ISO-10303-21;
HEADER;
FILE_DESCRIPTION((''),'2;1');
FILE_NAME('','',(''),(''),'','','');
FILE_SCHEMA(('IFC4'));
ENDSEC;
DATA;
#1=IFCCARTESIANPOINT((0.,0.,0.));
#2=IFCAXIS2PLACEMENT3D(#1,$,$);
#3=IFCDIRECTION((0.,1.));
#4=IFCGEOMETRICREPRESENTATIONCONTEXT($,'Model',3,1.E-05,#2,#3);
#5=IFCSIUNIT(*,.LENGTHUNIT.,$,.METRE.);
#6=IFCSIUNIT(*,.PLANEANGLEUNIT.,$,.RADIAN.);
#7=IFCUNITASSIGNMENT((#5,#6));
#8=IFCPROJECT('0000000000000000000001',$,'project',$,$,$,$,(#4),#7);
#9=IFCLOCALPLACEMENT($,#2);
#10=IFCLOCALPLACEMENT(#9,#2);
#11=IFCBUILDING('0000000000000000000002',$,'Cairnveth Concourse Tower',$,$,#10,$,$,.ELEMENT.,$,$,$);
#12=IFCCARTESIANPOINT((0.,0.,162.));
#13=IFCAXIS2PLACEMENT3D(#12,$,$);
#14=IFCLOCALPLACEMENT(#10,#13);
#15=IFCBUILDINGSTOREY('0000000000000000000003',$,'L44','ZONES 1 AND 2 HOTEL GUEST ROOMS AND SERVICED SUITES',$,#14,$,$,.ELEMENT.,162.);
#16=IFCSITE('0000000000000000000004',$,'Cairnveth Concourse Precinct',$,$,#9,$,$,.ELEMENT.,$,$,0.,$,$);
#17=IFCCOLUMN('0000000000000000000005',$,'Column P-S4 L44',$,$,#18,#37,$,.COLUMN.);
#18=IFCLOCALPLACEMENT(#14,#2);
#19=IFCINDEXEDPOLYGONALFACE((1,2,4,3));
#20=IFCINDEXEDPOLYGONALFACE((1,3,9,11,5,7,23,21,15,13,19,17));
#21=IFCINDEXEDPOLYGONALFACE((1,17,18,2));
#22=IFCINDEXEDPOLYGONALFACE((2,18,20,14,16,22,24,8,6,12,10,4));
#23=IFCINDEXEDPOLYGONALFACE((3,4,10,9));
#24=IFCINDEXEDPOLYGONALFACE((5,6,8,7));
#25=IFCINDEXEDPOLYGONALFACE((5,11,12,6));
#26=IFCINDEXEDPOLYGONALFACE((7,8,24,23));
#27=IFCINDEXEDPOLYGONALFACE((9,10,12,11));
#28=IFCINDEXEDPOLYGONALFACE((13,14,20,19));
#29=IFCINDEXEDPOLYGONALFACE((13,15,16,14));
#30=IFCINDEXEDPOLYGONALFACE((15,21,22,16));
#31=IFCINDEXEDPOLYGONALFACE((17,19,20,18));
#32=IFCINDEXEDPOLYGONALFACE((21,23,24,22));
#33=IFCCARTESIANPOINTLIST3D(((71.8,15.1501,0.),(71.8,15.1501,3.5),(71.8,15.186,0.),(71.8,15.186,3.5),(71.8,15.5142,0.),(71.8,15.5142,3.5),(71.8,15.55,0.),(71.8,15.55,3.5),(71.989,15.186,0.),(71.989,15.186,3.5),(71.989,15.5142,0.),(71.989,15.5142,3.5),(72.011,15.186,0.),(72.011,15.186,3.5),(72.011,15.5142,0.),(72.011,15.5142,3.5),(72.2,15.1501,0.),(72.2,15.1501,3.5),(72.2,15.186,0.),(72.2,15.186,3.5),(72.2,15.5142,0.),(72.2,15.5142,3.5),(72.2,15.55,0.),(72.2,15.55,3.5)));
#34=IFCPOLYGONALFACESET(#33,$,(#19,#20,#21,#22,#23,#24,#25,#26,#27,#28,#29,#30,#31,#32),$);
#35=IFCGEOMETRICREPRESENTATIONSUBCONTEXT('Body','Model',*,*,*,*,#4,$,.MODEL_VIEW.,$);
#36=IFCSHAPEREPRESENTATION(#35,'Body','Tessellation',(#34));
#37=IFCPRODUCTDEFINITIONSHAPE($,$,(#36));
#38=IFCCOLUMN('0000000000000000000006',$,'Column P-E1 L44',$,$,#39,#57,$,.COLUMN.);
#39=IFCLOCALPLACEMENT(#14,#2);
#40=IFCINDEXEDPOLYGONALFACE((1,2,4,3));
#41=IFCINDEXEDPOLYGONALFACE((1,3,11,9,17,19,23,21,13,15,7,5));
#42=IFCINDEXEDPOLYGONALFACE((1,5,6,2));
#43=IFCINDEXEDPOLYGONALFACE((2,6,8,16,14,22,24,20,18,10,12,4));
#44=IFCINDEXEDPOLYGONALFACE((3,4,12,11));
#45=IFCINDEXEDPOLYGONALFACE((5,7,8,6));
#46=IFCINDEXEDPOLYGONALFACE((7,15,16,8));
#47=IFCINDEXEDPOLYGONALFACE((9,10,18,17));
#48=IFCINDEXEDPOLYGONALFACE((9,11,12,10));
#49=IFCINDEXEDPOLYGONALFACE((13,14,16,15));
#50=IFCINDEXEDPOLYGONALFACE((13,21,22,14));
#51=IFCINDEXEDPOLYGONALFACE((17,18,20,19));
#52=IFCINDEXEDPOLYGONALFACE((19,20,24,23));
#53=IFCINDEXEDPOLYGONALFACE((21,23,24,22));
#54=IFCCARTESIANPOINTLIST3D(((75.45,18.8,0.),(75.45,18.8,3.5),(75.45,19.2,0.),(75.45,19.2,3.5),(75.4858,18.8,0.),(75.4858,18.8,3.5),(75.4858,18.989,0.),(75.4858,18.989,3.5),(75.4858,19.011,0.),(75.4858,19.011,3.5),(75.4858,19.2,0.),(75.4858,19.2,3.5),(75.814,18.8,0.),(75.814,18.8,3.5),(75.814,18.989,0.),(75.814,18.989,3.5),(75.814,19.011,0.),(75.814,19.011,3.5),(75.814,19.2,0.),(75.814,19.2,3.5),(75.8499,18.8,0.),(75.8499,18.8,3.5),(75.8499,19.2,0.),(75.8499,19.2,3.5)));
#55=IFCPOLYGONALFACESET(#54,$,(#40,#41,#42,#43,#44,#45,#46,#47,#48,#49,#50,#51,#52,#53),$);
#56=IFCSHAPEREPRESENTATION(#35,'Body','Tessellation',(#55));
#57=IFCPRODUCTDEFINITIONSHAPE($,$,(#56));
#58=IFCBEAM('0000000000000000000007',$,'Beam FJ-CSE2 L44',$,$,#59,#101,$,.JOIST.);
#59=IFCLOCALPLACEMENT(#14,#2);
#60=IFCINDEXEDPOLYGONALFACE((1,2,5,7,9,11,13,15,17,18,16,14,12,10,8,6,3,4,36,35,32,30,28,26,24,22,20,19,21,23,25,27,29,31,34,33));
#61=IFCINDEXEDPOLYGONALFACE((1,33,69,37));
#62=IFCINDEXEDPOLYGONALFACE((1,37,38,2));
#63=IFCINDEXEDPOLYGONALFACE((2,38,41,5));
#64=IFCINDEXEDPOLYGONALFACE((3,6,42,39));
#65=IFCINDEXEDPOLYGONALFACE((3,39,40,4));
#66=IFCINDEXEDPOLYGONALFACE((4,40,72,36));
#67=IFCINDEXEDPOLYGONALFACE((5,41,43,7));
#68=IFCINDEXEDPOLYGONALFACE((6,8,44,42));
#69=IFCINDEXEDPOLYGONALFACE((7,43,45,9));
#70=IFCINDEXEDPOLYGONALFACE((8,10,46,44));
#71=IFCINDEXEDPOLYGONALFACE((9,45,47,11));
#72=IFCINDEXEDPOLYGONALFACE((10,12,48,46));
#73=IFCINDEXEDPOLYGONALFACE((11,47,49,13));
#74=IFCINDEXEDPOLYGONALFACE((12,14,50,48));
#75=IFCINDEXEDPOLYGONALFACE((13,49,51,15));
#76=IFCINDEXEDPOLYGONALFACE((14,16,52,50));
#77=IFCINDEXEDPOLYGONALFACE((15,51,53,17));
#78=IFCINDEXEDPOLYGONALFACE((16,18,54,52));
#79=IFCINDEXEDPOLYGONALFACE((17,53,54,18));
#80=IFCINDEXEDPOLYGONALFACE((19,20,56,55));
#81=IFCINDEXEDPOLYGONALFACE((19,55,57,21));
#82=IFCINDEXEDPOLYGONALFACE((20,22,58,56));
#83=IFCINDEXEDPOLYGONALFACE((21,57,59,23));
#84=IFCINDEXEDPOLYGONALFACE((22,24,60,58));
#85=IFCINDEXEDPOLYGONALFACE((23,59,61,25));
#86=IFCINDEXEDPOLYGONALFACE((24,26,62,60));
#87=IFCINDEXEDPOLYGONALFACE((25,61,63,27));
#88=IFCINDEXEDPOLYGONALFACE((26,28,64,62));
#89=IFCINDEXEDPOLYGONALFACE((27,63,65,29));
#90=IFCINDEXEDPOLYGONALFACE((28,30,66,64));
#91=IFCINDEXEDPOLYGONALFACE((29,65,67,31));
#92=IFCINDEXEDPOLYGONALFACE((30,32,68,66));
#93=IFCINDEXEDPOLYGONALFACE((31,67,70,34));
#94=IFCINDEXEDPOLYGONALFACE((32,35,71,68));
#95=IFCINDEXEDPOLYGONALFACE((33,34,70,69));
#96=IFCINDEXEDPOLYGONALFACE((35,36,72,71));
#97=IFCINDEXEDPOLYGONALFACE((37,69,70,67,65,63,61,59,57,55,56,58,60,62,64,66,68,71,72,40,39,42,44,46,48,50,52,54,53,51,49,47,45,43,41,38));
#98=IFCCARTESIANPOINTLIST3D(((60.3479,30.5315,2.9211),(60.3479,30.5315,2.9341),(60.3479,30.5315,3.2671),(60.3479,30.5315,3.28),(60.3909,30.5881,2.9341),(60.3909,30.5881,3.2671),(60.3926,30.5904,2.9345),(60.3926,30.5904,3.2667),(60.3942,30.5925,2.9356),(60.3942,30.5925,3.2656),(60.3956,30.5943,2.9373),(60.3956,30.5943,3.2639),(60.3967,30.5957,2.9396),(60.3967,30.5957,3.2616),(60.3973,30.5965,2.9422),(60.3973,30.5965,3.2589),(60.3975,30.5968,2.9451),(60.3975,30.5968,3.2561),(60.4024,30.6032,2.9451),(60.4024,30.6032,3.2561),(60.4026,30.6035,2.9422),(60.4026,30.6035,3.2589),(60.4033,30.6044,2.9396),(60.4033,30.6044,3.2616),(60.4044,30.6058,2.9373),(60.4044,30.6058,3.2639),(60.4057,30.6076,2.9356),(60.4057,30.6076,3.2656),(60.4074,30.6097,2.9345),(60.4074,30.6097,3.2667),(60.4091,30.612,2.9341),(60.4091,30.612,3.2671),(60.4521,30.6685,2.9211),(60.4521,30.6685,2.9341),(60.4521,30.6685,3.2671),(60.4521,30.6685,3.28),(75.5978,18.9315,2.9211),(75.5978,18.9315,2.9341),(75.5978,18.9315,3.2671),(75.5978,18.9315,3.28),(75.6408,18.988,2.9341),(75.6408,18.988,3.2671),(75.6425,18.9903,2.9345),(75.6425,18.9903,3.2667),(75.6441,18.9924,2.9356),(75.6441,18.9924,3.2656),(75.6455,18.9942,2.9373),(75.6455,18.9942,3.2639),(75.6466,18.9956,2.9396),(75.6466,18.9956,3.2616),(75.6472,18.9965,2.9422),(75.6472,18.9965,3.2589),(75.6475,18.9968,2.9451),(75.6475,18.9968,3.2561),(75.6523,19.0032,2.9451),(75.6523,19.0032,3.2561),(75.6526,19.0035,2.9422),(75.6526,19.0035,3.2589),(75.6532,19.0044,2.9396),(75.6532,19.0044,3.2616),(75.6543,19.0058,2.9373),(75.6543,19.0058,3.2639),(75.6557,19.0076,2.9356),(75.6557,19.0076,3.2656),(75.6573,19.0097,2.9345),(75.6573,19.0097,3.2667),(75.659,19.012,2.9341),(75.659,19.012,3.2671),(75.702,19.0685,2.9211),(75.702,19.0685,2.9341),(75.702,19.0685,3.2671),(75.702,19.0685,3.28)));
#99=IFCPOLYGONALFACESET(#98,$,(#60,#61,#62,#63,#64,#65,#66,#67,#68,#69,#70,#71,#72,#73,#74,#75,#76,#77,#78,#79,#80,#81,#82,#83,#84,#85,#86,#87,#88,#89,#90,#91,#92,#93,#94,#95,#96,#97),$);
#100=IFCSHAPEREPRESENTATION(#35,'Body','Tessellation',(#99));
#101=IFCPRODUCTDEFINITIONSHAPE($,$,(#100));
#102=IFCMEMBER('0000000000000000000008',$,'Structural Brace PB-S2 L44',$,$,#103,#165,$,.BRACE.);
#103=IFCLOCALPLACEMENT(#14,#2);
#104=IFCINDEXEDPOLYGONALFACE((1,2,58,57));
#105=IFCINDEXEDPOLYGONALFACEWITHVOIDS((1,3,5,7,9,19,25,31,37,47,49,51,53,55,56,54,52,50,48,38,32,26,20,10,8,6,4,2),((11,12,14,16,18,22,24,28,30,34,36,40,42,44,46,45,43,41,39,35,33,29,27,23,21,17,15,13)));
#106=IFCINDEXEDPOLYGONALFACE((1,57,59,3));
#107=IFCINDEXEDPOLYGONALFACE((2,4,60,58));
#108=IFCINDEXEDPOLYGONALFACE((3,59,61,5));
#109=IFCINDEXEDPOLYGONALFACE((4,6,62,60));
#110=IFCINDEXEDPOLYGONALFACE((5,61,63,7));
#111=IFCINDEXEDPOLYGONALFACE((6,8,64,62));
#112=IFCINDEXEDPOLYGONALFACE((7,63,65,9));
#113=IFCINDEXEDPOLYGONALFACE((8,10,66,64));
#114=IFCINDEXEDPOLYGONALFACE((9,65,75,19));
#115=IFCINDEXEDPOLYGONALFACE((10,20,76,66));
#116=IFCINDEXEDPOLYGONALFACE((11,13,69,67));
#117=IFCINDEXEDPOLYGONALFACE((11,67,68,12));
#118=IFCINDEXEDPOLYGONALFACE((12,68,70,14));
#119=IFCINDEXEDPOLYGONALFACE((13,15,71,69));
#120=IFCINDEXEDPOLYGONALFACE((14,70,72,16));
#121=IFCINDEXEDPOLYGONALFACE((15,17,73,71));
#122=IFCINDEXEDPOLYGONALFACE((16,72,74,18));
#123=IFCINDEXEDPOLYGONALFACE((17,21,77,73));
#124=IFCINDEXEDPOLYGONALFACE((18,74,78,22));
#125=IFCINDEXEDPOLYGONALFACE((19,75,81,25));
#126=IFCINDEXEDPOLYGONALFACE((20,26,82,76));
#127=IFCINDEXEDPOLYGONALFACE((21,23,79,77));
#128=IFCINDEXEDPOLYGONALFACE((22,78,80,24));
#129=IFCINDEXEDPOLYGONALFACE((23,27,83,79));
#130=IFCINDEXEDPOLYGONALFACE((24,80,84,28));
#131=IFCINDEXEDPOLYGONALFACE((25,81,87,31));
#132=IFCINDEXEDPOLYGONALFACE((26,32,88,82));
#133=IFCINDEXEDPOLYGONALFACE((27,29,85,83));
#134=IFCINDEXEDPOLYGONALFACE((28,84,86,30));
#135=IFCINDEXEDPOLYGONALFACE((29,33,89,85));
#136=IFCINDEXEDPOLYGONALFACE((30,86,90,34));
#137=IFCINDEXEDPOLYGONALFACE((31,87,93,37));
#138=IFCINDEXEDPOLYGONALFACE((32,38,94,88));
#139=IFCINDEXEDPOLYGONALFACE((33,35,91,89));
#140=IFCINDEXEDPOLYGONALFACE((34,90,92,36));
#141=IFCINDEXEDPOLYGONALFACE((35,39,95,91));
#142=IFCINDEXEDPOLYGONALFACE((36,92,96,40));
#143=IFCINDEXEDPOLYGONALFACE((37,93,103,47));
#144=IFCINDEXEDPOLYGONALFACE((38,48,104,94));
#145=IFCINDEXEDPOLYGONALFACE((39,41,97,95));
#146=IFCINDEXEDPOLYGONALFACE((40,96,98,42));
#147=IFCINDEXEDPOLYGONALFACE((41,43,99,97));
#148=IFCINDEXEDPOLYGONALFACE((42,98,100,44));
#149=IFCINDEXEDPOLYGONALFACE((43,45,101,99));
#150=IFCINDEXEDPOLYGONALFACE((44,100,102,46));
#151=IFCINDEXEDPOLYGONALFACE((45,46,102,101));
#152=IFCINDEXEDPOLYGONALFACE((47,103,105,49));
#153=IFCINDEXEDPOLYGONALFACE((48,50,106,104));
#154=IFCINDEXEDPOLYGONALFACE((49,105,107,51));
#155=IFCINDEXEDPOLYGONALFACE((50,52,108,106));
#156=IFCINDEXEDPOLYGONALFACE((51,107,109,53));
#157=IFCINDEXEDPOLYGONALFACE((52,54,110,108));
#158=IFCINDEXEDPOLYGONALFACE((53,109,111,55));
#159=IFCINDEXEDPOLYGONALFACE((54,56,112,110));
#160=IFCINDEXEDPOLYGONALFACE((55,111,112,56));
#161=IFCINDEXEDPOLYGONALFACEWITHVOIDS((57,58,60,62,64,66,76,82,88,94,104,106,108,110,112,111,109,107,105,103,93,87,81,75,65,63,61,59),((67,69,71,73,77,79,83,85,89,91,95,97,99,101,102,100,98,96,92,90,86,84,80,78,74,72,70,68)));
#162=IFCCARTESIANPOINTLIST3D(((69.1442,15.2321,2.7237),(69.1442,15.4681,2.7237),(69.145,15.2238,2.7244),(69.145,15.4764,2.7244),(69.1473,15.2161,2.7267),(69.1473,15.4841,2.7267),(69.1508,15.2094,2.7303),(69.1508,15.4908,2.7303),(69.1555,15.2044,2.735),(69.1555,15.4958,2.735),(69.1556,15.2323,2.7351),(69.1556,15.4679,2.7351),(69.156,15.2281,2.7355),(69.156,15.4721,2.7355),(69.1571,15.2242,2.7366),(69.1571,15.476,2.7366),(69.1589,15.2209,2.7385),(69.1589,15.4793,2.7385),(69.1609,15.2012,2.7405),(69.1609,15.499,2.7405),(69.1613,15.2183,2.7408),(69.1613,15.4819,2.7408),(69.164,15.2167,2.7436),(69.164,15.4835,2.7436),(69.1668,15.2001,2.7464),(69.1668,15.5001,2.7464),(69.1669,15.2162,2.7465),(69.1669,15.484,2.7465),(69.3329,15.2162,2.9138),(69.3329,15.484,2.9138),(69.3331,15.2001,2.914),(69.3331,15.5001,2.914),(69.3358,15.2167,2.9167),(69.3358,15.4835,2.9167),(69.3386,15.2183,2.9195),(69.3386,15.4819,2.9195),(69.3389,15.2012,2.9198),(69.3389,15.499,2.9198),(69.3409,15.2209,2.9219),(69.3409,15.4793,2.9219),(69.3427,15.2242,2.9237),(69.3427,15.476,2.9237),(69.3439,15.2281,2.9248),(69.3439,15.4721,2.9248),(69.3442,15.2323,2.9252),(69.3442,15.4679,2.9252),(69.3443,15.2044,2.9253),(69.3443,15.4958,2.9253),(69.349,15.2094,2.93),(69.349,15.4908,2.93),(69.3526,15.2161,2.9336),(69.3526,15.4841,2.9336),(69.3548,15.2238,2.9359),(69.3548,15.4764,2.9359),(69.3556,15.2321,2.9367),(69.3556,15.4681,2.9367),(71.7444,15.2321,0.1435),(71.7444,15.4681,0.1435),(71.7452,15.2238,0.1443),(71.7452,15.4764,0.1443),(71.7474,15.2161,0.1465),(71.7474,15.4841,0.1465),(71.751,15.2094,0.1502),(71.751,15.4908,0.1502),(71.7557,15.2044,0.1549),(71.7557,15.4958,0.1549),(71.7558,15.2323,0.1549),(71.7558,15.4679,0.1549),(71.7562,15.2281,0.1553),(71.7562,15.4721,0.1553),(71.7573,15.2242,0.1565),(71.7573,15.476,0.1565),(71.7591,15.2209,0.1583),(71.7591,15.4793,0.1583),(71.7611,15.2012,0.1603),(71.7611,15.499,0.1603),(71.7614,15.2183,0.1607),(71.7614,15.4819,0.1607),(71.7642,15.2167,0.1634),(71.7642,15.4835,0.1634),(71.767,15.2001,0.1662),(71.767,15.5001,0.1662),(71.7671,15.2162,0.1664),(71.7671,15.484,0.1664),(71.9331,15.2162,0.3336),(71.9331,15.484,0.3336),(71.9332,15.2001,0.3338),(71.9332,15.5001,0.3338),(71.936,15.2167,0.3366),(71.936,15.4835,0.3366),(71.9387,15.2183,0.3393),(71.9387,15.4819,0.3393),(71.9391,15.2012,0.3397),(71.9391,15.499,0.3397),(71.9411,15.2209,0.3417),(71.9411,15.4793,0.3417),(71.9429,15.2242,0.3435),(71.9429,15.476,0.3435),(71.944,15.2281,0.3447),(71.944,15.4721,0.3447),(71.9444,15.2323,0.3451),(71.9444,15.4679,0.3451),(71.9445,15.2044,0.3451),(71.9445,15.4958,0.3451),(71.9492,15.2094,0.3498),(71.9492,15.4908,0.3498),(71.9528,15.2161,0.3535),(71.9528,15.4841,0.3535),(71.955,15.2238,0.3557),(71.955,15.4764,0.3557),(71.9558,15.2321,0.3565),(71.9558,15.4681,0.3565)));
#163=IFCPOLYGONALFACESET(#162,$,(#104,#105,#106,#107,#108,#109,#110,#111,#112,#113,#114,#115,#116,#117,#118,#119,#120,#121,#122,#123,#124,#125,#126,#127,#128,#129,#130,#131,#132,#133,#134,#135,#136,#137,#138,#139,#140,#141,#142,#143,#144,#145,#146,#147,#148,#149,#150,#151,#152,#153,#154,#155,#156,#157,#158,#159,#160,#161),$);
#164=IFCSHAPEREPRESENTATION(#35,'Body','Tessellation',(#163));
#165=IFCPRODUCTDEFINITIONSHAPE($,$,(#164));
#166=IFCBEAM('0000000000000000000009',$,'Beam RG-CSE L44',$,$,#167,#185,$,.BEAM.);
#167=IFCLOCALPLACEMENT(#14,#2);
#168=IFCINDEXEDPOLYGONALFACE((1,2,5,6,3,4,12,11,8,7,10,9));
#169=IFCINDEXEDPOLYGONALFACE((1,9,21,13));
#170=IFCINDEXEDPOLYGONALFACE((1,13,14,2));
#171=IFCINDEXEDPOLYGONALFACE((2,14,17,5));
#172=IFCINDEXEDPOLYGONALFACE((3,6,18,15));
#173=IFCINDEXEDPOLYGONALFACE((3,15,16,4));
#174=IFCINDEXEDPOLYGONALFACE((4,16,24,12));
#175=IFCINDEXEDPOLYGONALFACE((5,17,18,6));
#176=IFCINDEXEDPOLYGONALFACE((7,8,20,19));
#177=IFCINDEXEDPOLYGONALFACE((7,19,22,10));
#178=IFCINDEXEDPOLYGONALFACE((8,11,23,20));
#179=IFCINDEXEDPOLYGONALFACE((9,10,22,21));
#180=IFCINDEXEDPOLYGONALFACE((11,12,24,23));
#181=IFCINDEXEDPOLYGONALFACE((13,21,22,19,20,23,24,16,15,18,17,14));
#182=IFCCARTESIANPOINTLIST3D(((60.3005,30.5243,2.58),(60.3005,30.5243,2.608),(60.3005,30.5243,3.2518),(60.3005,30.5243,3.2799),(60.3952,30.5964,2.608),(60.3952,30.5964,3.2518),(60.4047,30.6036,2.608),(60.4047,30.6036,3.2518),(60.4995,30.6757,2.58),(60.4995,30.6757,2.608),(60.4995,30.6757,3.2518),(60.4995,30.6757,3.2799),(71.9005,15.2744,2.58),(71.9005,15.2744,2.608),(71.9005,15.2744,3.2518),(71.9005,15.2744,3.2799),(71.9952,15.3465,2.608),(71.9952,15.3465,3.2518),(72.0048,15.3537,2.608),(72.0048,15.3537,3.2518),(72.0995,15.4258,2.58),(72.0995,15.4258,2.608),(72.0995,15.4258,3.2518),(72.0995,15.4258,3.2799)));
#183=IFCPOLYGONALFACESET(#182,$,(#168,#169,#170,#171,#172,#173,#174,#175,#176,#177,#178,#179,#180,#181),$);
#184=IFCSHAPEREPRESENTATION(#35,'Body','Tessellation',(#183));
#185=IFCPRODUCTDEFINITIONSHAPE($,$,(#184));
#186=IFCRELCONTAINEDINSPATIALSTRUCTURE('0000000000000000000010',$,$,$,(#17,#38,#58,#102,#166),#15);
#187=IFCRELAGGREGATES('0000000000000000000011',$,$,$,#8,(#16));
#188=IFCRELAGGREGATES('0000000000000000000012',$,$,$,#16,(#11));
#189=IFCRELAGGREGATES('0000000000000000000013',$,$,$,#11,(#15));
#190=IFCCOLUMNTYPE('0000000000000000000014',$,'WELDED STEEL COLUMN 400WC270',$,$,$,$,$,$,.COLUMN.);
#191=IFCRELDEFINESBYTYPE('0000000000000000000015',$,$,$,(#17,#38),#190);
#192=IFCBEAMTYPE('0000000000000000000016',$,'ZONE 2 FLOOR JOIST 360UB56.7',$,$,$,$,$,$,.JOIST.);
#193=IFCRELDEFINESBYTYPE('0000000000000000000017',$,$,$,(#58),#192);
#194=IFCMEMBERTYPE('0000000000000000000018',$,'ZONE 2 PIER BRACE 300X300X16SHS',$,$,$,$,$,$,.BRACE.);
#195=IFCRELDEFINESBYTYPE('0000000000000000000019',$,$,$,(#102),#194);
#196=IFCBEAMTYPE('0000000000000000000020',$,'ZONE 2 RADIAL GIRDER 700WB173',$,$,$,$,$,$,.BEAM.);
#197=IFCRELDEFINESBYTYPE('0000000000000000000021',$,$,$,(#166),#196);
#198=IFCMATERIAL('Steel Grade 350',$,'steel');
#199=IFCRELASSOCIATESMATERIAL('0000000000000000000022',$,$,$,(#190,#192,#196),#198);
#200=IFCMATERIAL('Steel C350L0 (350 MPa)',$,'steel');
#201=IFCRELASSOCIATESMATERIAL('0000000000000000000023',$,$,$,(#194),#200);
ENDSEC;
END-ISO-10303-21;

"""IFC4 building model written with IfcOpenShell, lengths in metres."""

from ifc_helpers import new_model, si_unit, direction, frame, origin, origin_2d, place, context, subcontext, project, spatial, hollow_rectangle, i_section, extrude, material, material_profile, profile_set, type_object, element, save


model = new_model("IFC4")

# Units and contexts
model_context = context("Model", 3, precision=1e-05, world=origin(), true_north=direction((0.0, 1.0)))
body_context = subcontext(model_context, "Body", "Model", "MODEL_VIEW")
ifc_project = project(units=[si_unit("LENGTHUNIT", "METRE"), si_unit("PLANEANGLEUNIT", "RADIAN")], contexts=[model_context])

# Site, building, storey
site_placement = place(None, origin())
site = spatial("IfcSite", under=ifc_project, at=site_placement, Name="Cairnveth Concourse Precinct", CompositionType="ELEMENT", RefElevation=0.0)
building_placement = place(site_placement, origin())
building = spatial("IfcBuilding", under=site, at=building_placement, Name="Cairnveth Concourse Tower", CompositionType="ELEMENT")
storey_placement = place(building_placement, frame((0.0, 0.0, 162.0)))
storey = spatial("IfcBuildingStorey", under=building, at=storey_placement, Name="L44", Description="ZONES 1 AND 2 HOTEL GUEST ROOMS AND SERVICED SUITES", CompositionType="ELEMENT", Elevation=162.0)

# Columns
ifc_material_1 = material(Name="Steel Grade 350", Category="steel")
ifc_material_profile_1 = material_profile(ifc_material_1, i_section(OverallWidth=0.3999, OverallDepth=0.3999, WebThickness=0.022, FlangeThickness=0.0359, at=origin_2d()), Name="400WC270")
ifc_profile_set_1 = profile_set([ifc_material_profile_1], Name="Steel Grade 350")
column_type = type_object("IfcColumnType", Name="WELDED STEEL COLUMN 400WC270", PredefinedType="COLUMN", material=ifc_profile_set_1)
for number, where, z_axis, x_axis, name in (
    (1, (72.0, 15.3501, 0.0), (0.0, 0.0, 1.0), (1.0, 0.0, 0.0), "Column P-S4 L44"),
    (2, (75.6499, 19.0, 0.0), (0.0, 0.0, 1.0), (0.0, 1.0, 0.0), "Column P-E1 L44"),
):
    element("IfcColumn", number, at=place(storey_placement, frame(where, z_axis=z_axis, x_axis=x_axis)), inside=storey, type_object=column_type, Name=name, PredefinedType="COLUMN", context=body_context, shape_type="SweptSolid", body=[
        extrude(i_section(OverallWidth=0.3999, OverallDepth=0.3999, WebThickness=0.022, FlangeThickness=0.0359, at=origin_2d()), origin(), (0.0, 0.0, 1.0), 3.5),
    ])

# Beam
ifc_material_profile_2 = material_profile(ifc_material_1, i_section(OverallWidth=0.1721, OverallDepth=0.3589, WebThickness=0.0081, FlangeThickness=0.0129, FilletRadius=0.011, at=origin_2d()), Name="360UB56.7")
ifc_profile_set_2 = profile_set([ifc_material_profile_2], Name="Steel Grade 350")
beam_type_1 = type_object("IfcBeamType", Name="ZONE 2 FLOOR JOIST 360UB56.7", PredefinedType="JOIST", material=ifc_profile_set_2)
beam_1_placement = place(storey_placement, frame((75.6499, 19.0, 3.1006), z_axis=(-0.795908, 0.605417, 0.0), x_axis=(-0.605417, -0.795908, 0.0)))
element("IfcBeam", 3, at=beam_1_placement, inside=storey, type_object=beam_type_1, Name="Beam FJ-CSE2 L44", PredefinedType="JOIST", context=body_context, shape_type="SweptSolid", body=[
    extrude(i_section(OverallWidth=0.1721, OverallDepth=0.3589, WebThickness=0.0081, FlangeThickness=0.0129, FilletRadius=0.011, at=origin_2d()), origin(), (0.0, 0.0, 1.0), 19.1604),
])

# Member
ifc_material_2 = material(Name="Steel C350L0 (350 MPa)", Category="steel")
ifc_material_profile_3 = material_profile(ifc_material_2, hollow_rectangle(XDim=0.3, YDim=0.3, WallThickness=0.0161, InnerFilletRadius=0.0161, OuterFilletRadius=0.032, at=origin_2d()), Name="300x300x16.0SHS")
ifc_profile_set_3 = profile_set([ifc_material_profile_3], Name="Steel C350L0 (350 MPa)")
member_type = type_object("IfcMemberType", Name="ZONE 2 PIER BRACE 300X300X16SHS", PredefinedType="BRACE", material=ifc_profile_set_3)
member_placement = place(storey_placement, frame((71.8501, 15.3501, 0.25), z_axis=(-0.709834, 0.0, 0.704369), x_axis=(0.0, -1.0, 0.0)))
element("IfcMember", 4, at=member_placement, inside=storey, type_object=member_type, Name="Structural Brace PB-S2 L44", PredefinedType="BRACE", context=body_context, shape_type="SweptSolid", body=[
    extrude(hollow_rectangle(XDim=0.3, YDim=0.3, WallThickness=0.0161, InnerFilletRadius=0.0161, OuterFilletRadius=0.032, at=origin_2d()), origin(), (0.0, 0.0, 1.0), 3.6631),
])

# Beam
ifc_material_profile_4 = material_profile(ifc_material_1, i_section(OverallWidth=0.25, OverallDepth=0.7, WebThickness=0.012, FlangeThickness=0.0281, at=origin_2d()), Name="700WB173")
ifc_profile_set_4 = profile_set([ifc_material_profile_4], Name="Steel Grade 350")
beam_type_2 = type_object("IfcBeamType", Name="ZONE 2 RADIAL GIRDER 700WB173", PredefinedType="BEAM", material=ifc_profile_set_4)
beam_2_placement = place(storey_placement, frame((72.0, 15.3501, 2.9299), z_axis=(-0.605417, 0.795908, 0.0), x_axis=(-0.795908, -0.605417, 0.0)))
element("IfcBeam", 5, at=beam_2_placement, inside=storey, type_object=beam_type_2, Name="Beam RG-CSE L44", PredefinedType="BEAM", context=body_context, shape_type="SweptSolid", body=[
    extrude(i_section(OverallWidth=0.25, OverallDepth=0.7, WebThickness=0.012, FlangeThickness=0.0281, at=origin_2d()), origin(), (0.0, 0.0, 1.0), 19.1604),
])

save(model, "model.ifc")
